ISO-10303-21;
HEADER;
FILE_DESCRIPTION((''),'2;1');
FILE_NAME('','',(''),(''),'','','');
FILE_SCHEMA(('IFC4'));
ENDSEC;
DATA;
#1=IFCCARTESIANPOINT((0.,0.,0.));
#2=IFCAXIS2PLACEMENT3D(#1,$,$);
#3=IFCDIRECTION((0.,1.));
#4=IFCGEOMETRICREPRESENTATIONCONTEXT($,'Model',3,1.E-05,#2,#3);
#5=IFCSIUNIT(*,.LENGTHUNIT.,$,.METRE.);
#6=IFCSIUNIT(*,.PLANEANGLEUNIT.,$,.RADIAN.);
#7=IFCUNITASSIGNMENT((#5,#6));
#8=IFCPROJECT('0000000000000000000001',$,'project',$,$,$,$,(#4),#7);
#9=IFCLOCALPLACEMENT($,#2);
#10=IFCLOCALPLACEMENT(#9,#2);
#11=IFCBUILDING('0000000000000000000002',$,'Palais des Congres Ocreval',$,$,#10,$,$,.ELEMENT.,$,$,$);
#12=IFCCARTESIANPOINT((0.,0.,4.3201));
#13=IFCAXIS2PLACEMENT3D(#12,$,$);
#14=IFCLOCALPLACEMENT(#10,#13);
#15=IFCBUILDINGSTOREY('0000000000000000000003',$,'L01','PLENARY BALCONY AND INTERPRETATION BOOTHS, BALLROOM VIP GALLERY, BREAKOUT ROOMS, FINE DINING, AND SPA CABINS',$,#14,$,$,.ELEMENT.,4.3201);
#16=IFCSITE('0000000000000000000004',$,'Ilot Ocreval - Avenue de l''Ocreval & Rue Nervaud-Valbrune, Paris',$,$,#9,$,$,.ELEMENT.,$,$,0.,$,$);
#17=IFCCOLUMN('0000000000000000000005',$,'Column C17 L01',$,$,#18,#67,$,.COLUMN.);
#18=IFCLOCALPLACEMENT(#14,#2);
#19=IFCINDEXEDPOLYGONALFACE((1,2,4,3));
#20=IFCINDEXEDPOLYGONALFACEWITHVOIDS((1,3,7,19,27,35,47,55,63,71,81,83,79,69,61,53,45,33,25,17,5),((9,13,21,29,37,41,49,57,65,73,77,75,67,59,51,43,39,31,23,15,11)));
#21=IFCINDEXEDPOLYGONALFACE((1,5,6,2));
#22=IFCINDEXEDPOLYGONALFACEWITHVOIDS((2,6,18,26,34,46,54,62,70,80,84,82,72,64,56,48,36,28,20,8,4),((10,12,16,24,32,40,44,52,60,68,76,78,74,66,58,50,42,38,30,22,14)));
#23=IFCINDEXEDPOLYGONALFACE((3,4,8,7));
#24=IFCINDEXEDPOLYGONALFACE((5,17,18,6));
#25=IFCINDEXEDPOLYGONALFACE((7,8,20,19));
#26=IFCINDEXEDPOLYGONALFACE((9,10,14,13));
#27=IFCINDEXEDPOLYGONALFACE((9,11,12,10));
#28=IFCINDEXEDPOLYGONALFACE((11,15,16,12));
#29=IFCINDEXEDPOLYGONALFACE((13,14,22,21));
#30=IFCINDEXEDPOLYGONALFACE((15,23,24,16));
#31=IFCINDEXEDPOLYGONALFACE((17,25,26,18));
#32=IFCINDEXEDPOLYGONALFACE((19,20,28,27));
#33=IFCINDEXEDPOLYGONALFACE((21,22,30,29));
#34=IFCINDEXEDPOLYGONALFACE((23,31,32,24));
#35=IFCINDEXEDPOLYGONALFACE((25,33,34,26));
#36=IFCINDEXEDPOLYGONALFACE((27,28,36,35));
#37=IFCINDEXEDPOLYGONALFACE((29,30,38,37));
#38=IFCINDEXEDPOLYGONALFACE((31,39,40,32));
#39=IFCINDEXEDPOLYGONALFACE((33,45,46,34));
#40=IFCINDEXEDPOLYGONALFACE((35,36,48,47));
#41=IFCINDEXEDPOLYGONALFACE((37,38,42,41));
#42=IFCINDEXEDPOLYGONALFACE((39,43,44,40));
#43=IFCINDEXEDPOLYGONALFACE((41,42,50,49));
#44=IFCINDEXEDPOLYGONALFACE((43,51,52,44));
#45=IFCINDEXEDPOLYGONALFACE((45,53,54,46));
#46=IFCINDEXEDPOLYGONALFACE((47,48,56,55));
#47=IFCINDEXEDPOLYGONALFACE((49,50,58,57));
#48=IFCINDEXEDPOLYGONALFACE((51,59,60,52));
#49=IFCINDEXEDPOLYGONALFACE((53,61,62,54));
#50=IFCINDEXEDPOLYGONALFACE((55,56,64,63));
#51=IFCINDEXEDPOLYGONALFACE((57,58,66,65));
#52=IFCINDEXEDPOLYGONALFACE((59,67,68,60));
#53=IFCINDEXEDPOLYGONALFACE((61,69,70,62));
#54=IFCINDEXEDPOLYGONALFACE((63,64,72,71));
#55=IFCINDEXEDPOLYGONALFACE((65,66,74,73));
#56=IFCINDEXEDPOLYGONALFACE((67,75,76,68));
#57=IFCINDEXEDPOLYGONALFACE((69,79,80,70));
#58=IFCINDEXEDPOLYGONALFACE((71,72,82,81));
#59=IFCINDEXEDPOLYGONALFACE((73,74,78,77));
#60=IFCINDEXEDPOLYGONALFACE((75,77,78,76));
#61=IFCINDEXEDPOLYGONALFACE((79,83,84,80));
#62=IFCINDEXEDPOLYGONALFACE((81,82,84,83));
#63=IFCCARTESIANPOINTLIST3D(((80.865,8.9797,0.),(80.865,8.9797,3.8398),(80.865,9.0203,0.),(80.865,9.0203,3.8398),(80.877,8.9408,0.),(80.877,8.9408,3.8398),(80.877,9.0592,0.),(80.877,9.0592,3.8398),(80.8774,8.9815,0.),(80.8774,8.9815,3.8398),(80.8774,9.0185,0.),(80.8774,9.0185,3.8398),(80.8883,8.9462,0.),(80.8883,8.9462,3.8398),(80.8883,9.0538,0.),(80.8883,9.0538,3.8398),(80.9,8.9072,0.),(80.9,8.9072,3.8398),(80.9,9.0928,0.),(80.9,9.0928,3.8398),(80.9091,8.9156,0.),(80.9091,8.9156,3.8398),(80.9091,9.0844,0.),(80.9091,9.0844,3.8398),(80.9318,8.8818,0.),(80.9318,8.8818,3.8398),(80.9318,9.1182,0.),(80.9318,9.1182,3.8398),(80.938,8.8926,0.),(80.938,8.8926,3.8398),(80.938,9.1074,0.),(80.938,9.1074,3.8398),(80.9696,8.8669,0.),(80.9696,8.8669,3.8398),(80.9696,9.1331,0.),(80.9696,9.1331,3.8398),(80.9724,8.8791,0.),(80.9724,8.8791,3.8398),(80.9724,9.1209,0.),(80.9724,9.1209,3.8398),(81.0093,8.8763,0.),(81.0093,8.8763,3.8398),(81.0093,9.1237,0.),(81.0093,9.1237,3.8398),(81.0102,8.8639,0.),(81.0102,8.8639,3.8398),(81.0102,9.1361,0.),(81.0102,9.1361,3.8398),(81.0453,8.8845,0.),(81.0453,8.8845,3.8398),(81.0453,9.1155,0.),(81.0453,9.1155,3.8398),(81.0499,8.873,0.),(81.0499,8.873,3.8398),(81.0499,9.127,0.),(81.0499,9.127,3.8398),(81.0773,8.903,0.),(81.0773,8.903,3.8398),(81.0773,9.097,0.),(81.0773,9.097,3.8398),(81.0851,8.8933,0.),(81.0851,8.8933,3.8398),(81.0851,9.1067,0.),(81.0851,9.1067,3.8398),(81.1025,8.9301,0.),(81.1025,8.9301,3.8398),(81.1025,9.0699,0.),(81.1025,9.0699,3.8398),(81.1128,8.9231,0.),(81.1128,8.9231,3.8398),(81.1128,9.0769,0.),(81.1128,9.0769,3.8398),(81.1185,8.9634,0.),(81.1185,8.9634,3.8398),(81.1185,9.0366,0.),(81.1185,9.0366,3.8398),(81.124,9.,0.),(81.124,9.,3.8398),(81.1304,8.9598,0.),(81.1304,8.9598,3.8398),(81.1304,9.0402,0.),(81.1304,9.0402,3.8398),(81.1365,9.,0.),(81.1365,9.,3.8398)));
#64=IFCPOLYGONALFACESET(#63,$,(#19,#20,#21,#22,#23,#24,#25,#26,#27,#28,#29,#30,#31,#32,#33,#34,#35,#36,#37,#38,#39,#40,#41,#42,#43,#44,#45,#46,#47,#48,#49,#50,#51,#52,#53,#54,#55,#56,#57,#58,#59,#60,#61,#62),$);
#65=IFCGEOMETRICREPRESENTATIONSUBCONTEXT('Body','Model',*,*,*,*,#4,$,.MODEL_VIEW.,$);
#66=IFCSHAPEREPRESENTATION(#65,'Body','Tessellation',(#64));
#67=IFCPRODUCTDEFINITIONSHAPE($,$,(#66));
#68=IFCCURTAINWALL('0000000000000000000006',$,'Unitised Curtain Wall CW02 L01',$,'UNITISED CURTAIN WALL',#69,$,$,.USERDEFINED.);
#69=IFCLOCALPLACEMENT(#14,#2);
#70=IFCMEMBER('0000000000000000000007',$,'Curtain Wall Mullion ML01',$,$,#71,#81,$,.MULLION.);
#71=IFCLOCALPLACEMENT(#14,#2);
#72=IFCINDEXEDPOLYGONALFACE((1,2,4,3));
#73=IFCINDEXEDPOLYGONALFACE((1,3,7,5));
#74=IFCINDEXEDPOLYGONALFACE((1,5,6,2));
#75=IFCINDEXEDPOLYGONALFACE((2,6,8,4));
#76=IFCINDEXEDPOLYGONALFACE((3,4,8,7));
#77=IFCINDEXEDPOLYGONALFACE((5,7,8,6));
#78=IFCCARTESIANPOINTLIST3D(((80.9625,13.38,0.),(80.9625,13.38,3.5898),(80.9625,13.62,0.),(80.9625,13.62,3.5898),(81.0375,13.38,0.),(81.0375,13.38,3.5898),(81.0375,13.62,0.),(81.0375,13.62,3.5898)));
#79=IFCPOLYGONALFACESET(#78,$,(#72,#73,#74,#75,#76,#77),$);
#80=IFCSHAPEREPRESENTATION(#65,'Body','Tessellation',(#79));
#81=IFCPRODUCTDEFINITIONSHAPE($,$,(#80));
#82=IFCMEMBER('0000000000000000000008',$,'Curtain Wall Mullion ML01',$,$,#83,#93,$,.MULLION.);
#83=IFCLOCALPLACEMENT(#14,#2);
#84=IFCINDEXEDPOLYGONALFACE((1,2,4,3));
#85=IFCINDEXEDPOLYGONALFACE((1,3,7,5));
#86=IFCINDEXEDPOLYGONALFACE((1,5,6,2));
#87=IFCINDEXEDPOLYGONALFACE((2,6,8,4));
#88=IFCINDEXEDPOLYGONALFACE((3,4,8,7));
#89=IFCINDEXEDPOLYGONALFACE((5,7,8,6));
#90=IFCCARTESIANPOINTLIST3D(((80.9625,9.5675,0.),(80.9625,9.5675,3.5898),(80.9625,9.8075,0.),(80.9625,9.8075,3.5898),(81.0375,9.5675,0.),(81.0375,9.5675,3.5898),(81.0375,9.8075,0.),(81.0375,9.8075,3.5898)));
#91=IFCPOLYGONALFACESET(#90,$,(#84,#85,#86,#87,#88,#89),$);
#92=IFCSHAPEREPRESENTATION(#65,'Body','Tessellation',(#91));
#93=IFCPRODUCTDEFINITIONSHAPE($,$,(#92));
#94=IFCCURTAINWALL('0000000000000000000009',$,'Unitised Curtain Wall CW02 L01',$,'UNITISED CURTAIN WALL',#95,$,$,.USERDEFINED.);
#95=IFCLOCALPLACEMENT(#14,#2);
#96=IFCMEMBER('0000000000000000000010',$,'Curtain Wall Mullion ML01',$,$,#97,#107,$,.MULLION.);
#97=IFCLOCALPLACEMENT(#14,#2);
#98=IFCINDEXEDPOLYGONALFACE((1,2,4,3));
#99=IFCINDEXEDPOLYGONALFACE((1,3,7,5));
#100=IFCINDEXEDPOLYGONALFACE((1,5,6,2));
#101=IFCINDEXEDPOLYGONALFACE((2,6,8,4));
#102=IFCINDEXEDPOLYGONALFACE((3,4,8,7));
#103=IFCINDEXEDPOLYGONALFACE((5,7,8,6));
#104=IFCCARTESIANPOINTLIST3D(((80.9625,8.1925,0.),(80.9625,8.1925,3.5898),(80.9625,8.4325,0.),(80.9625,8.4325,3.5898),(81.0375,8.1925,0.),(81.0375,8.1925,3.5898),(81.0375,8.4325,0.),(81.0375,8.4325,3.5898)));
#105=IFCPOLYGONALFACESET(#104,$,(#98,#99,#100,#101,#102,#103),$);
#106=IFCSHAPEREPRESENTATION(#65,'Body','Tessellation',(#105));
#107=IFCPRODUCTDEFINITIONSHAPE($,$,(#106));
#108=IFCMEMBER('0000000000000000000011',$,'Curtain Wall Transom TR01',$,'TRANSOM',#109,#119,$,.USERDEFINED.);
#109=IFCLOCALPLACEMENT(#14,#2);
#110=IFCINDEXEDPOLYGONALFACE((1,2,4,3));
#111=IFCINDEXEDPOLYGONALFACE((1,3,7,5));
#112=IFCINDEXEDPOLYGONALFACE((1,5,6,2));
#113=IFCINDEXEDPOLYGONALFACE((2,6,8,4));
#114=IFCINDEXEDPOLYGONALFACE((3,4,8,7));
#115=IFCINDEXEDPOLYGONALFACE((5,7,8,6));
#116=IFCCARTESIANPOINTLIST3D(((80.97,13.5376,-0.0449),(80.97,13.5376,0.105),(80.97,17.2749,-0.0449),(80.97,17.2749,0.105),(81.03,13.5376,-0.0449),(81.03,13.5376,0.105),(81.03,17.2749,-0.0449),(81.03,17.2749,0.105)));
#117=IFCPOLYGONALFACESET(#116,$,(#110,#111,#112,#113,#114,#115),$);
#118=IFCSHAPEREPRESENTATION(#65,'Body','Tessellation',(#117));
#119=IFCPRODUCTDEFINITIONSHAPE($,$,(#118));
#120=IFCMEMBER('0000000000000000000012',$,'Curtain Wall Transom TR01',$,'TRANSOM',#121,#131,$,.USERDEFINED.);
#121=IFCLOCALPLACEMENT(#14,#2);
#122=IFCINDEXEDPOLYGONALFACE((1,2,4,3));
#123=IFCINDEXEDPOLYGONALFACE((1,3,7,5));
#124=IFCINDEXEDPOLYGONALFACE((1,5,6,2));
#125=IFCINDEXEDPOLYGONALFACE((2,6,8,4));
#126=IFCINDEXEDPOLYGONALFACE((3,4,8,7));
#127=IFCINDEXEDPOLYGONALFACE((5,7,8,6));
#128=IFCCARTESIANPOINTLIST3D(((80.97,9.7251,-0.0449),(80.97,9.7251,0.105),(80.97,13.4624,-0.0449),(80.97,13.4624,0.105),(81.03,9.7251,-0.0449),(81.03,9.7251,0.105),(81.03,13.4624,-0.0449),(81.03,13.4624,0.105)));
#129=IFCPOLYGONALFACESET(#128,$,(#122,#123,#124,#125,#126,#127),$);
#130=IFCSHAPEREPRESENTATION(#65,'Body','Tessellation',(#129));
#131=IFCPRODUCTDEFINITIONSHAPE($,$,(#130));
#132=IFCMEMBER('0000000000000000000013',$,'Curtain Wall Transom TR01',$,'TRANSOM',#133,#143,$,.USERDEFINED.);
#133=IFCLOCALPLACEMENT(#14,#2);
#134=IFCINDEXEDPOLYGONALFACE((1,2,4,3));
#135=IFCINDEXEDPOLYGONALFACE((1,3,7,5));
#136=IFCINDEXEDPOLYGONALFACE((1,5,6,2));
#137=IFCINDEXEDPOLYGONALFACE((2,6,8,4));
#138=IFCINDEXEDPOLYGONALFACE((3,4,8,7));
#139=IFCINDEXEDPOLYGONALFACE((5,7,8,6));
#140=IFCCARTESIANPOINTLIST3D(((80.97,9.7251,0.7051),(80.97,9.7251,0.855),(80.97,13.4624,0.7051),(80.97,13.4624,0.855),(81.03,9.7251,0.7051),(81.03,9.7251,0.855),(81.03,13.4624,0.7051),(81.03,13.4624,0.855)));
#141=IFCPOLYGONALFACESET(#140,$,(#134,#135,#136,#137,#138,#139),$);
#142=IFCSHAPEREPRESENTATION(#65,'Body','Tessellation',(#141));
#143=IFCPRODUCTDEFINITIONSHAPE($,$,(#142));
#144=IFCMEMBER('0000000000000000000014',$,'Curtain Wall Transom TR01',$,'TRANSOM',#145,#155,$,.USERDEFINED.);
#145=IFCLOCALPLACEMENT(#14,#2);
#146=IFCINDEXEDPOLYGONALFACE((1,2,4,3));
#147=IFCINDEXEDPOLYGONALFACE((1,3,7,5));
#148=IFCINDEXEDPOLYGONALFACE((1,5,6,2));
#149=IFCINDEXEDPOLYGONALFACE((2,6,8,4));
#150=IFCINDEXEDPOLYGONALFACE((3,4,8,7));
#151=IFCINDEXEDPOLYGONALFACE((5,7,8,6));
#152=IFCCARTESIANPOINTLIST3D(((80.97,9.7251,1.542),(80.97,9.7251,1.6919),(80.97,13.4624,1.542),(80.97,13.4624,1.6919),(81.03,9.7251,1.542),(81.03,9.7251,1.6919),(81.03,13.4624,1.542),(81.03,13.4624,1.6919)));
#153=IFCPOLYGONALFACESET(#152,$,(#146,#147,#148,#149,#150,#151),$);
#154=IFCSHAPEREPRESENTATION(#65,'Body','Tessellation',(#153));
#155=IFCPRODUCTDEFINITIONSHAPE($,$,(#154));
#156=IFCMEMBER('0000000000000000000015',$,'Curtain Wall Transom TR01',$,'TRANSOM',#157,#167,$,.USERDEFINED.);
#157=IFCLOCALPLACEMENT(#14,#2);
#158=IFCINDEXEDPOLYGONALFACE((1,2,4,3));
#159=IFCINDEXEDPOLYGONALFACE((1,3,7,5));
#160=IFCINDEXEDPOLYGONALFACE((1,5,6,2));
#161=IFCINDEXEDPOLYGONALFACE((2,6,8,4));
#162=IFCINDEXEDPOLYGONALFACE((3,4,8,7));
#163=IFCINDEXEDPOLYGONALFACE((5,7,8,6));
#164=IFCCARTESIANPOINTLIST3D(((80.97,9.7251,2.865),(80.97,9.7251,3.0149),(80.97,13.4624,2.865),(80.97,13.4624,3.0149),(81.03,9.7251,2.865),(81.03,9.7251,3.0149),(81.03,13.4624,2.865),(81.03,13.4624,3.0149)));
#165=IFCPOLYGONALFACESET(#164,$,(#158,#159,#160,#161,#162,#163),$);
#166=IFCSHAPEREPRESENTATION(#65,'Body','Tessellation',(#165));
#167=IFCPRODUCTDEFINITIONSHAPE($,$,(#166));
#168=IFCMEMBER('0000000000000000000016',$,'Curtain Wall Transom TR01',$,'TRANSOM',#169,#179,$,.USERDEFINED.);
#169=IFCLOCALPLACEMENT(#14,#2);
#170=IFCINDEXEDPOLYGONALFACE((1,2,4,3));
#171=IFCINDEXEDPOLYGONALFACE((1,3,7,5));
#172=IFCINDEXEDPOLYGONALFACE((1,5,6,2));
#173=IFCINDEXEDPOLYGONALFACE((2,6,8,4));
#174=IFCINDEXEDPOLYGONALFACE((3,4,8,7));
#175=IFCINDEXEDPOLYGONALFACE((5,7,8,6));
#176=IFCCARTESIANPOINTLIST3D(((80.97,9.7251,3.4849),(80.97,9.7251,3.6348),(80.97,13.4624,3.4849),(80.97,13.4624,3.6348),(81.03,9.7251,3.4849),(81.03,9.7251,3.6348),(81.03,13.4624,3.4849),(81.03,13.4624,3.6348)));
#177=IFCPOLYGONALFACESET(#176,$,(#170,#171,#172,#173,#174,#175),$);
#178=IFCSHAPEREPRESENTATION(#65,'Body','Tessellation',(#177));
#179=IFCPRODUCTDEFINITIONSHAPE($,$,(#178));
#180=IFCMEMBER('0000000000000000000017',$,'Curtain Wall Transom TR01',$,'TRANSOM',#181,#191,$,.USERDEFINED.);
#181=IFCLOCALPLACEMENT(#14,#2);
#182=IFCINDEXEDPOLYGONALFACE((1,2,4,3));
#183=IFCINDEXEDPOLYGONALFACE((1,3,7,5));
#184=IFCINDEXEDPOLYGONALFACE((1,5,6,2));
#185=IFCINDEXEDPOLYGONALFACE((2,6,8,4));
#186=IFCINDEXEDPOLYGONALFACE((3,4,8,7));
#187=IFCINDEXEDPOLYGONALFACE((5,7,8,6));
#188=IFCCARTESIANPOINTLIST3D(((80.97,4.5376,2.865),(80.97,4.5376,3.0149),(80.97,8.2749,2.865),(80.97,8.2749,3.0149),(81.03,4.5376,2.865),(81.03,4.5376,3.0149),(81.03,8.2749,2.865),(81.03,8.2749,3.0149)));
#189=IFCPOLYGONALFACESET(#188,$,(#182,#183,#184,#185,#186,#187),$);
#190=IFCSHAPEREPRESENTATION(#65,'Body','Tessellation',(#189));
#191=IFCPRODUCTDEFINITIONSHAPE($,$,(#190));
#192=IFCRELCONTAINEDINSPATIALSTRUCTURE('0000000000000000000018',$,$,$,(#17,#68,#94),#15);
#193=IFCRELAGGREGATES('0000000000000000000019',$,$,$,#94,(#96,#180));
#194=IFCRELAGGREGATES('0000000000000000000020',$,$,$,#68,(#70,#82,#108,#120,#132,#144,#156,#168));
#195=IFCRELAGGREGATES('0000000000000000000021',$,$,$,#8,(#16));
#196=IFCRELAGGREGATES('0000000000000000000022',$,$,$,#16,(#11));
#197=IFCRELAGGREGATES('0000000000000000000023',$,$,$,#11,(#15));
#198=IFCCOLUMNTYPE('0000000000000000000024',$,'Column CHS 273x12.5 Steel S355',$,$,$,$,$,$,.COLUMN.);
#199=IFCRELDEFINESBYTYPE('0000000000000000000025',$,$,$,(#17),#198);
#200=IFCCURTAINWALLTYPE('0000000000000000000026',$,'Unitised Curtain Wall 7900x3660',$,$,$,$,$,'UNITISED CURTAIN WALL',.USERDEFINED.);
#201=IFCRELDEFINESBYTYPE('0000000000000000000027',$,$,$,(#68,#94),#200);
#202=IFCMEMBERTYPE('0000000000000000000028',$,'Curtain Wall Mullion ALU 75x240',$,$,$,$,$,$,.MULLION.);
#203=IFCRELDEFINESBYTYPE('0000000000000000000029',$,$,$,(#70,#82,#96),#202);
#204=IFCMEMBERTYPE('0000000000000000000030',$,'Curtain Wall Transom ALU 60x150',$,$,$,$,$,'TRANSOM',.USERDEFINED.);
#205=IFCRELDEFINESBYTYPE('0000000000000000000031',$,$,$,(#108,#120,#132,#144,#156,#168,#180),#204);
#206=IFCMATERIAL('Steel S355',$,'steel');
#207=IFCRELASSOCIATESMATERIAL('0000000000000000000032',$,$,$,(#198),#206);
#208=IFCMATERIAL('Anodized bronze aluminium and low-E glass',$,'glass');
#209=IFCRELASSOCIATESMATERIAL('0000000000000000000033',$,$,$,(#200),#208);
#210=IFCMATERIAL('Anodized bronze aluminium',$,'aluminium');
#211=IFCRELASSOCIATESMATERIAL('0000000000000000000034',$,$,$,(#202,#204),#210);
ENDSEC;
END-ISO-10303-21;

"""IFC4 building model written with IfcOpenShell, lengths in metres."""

from ifc_helpers import new_model, si_unit, direction, frame, origin, origin_2d, place, context, subcontext, project, spatial, rectangle, hollow_circle, extrude, material, material_profile, profile_set, type_object, element, aggregate, save


model = new_model("IFC4")

# Units and contexts
model_context = context("Model", 3, precision=1e-05, world=origin(), true_north=direction((0.0, 1.0)))
body_context = subcontext(model_context, "Body", "Model", "MODEL_VIEW")
ifc_project = project(units=[si_unit("LENGTHUNIT", "METRE"), si_unit("PLANEANGLEUNIT", "RADIAN")], contexts=[model_context])

# Site, building, storey
site_placement = place(None, origin())
site = spatial("IfcSite", under=ifc_project, at=site_placement, Name="Ilot Ocreval - Avenue de l'Ocreval & Rue Nervaud-Valbrune, Paris", CompositionType="ELEMENT", RefElevation=0.0)
building_placement = place(site_placement, origin())
building = spatial("IfcBuilding", under=site, at=building_placement, Name="Palais des Congres Ocreval", CompositionType="ELEMENT")
storey_placement = place(building_placement, frame((0.0, 0.0, 4.3201)))
storey = spatial("IfcBuildingStorey", under=building, at=storey_placement, Name="L01", Description="PLENARY BALCONY AND INTERPRETATION BOOTHS, BALLROOM VIP GALLERY, BREAKOUT ROOMS, FINE DINING, AND SPA CABINS", CompositionType="ELEMENT", Elevation=4.3201)

# Column
ifc_material_1 = material(Name="Steel S355", Category="steel")
ifc_material_profile_1 = material_profile(ifc_material_1, hollow_circle(Radius=0.1365, WallThickness=0.0125, at=origin_2d()), Name="CHS 273x12.5")
ifc_profile_set_1 = profile_set([ifc_material_profile_1], Name="Steel S355")
column_type = type_object("IfcColumnType", Name="Column CHS 273x12.5 Steel S355", PredefinedType="COLUMN", material=ifc_profile_set_1)
column_placement = place(storey_placement, frame((81.0, 9.0, 0.0), z_axis=(0.0, 0.0, 1.0), x_axis=(1.0, 0.0, 0.0)))
element("IfcColumn", 1, at=column_placement, inside=storey, type_object=column_type, Name="Column C17 L01", PredefinedType="COLUMN", context=body_context, shape_type="SweptSolid", body=[
    extrude(hollow_circle(Radius=0.1365, WallThickness=0.0125, at=origin_2d()), origin(), (0.0, 0.0, 1.0), 3.8398),
])

# Curtain wall, members
ifc_material_2 = material(Name="Anodized bronze aluminium and low-E glass", Category="glass")
curtain_wall_type = type_object("IfcCurtainWallType", Name="Unitised Curtain Wall 7900x3660", ElementType="UNITISED CURTAIN WALL", PredefinedType="USERDEFINED", material=ifc_material_2)
curtain_wall_1_placement = place(storey_placement, origin())
curtain_wall_1 = element("IfcCurtainWall", 2, at=curtain_wall_1_placement, inside=storey, type_object=curtain_wall_type, Name="Unitised Curtain Wall CW02 L01", ObjectType="UNITISED CURTAIN WALL", PredefinedType="USERDEFINED")
ifc_material_3 = material(Name="Anodized bronze aluminium", Category="aluminium")
ifc_material_profile_2 = material_profile(ifc_material_3, rectangle(XDim=0.075, YDim=0.24, at=origin_2d()), Name="ALU 75x240")
ifc_profile_set_2 = profile_set([ifc_material_profile_2], Name="Anodized bronze aluminium")
member_type_1 = type_object("IfcMemberType", Name="Curtain Wall Mullion ALU 75x240", PredefinedType="MULLION", material=ifc_profile_set_2)
member_1_placement = place(storey_placement, frame((81.0, 13.5, 0.0), z_axis=(0.0, 0.0, 1.0), x_axis=(1.0, 0.0, 0.0)))
member_1 = element("IfcMember", 3, at=member_1_placement, type_object=member_type_1, Name="Curtain Wall Mullion ML01", PredefinedType="MULLION", context=body_context, shape_type="SweptSolid", body=[
    extrude(rectangle(XDim=0.075, YDim=0.24, at=origin_2d()), origin(), (0.0, 0.0, 1.0), 3.5898),
])
member_2_placement = place(storey_placement, frame((81.0, 9.6875, 0.0), z_axis=(0.0, 0.0, 1.0), x_axis=(1.0, 0.0, 0.0)))
member_2 = element("IfcMember", 4, at=member_2_placement, type_object=member_type_1, Name="Curtain Wall Mullion ML01", PredefinedType="MULLION", context=body_context, shape_type="SweptSolid", body=[
    extrude(rectangle(XDim=0.075, YDim=0.24, at=origin_2d()), origin(), (0.0, 0.0, 1.0), 3.5898),
])

# Curtain wall, member
curtain_wall_2_placement = place(storey_placement, origin())
curtain_wall_2 = element("IfcCurtainWall", 5, at=curtain_wall_2_placement, inside=storey, type_object=curtain_wall_type, Name="Unitised Curtain Wall CW02 L01", ObjectType="UNITISED CURTAIN WALL", PredefinedType="USERDEFINED")
member_3_placement = place(storey_placement, frame((81.0, 8.3125, 0.0), z_axis=(0.0, 0.0, 1.0), x_axis=(1.0, 0.0, 0.0)))
member_3 = element("IfcMember", 6, at=member_3_placement, type_object=member_type_1, Name="Curtain Wall Mullion ML01", PredefinedType="MULLION", context=body_context, shape_type="SweptSolid", body=[
    extrude(rectangle(XDim=0.075, YDim=0.24, at=origin_2d()), origin(), (0.0, 0.0, 1.0), 3.5898),
])

# Members
ifc_material_profile_3 = material_profile(ifc_material_3, rectangle(XDim=0.0601, YDim=0.1499, at=origin_2d()), Name="ALU 60x150")
ifc_profile_set_3 = profile_set([ifc_material_profile_3], Name="Anodized bronze aluminium")
member_type_2 = type_object("IfcMemberType", Name="Curtain Wall Transom ALU 60x150", ElementType="TRANSOM", PredefinedType="USERDEFINED", material=ifc_profile_set_3)
member_4_placement = place(storey_placement, frame((81.0, 17.2749, 0.03), z_axis=(0.0, -1.0, 0.0), x_axis=(1.0, 0.0, 0.0)))
member_4 = element("IfcMember", 7, at=member_4_placement, type_object=member_type_2, Name="Curtain Wall Transom TR01", ObjectType="TRANSOM", PredefinedType="USERDEFINED", context=body_context, shape_type="SweptSolid", body=[
    extrude(rectangle(XDim=0.0601, YDim=0.1499, at=origin_2d()), origin(), (0.0, 0.0, 1.0), 3.7373),
])
member_5_placement = place(storey_placement, frame((81.0, 13.4624, 0.03), z_axis=(0.0, -1.0, 0.0), x_axis=(1.0, 0.0, 0.0)))
member_5 = element("IfcMember", 8, at=member_5_placement, type_object=member_type_2, Name="Curtain Wall Transom TR01", ObjectType="TRANSOM", PredefinedType="USERDEFINED", context=body_context, shape_type="SweptSolid", body=[
    extrude(rectangle(XDim=0.0601, YDim=0.1499, at=origin_2d()), origin(), (0.0, 0.0, 1.0), 3.7373),
])
member_6_placement = place(storey_placement, frame((81.0, 13.4624, 0.78), z_axis=(0.0, -1.0, 0.0), x_axis=(1.0, 0.0, 0.0)))
member_6 = element("IfcMember", 9, at=member_6_placement, type_object=member_type_2, Name="Curtain Wall Transom TR01", ObjectType="TRANSOM", PredefinedType="USERDEFINED", context=body_context, shape_type="SweptSolid", body=[
    extrude(rectangle(XDim=0.0601, YDim=0.1499, at=origin_2d()), origin(), (0.0, 0.0, 1.0), 3.7373),
])
member_7_placement = place(storey_placement, frame((81.0, 13.4624, 1.6169), z_axis=(0.0, -1.0, 0.0), x_axis=(1.0, 0.0, 0.0)))
member_7 = element("IfcMember", 10, at=member_7_placement, type_object=member_type_2, Name="Curtain Wall Transom TR01", ObjectType="TRANSOM", PredefinedType="USERDEFINED", context=body_context, shape_type="SweptSolid", body=[
    extrude(rectangle(XDim=0.0601, YDim=0.1499, at=origin_2d()), origin(), (0.0, 0.0, 1.0), 3.7373),
])
member_8_placement = place(storey_placement, frame((81.0, 13.4624, 2.9399), z_axis=(0.0, -1.0, 0.0), x_axis=(1.0, 0.0, 0.0)))
member_8 = element("IfcMember", 11, at=member_8_placement, type_object=member_type_2, Name="Curtain Wall Transom TR01", ObjectType="TRANSOM", PredefinedType="USERDEFINED", context=body_context, shape_type="SweptSolid", body=[
    extrude(rectangle(XDim=0.0601, YDim=0.1499, at=origin_2d()), origin(), (0.0, 0.0, 1.0), 3.7373),
])
member_9_placement = place(storey_placement, frame((81.0, 13.4624, 3.5598), z_axis=(0.0, -1.0, 0.0), x_axis=(1.0, 0.0, 0.0)))
member_9 = element("IfcMember", 12, at=member_9_placement, type_object=member_type_2, Name="Curtain Wall Transom TR01", ObjectType="TRANSOM", PredefinedType="USERDEFINED", context=body_context, shape_type="SweptSolid", body=[
    extrude(rectangle(XDim=0.0601, YDim=0.1499, at=origin_2d()), origin(), (0.0, 0.0, 1.0), 3.7373),
])
member_10_placement = place(storey_placement, frame((81.0, 8.2749, 2.9399), z_axis=(0.0, -1.0, 0.0), x_axis=(1.0, 0.0, 0.0)))
member_10 = element("IfcMember", 13, at=member_10_placement, type_object=member_type_2, Name="Curtain Wall Transom TR01", ObjectType="TRANSOM", PredefinedType="USERDEFINED", context=body_context, shape_type="SweptSolid", body=[
    extrude(rectangle(XDim=0.0601, YDim=0.1499, at=origin_2d()), origin(), (0.0, 0.0, 1.0), 3.7373),
])
aggregate(curtain_wall_2, [member_3, member_10])

aggregate(curtain_wall_1, [member_1, member_2, member_4, member_5, member_6, member_7, member_8, member_9])

save(model, "model.ifc")
